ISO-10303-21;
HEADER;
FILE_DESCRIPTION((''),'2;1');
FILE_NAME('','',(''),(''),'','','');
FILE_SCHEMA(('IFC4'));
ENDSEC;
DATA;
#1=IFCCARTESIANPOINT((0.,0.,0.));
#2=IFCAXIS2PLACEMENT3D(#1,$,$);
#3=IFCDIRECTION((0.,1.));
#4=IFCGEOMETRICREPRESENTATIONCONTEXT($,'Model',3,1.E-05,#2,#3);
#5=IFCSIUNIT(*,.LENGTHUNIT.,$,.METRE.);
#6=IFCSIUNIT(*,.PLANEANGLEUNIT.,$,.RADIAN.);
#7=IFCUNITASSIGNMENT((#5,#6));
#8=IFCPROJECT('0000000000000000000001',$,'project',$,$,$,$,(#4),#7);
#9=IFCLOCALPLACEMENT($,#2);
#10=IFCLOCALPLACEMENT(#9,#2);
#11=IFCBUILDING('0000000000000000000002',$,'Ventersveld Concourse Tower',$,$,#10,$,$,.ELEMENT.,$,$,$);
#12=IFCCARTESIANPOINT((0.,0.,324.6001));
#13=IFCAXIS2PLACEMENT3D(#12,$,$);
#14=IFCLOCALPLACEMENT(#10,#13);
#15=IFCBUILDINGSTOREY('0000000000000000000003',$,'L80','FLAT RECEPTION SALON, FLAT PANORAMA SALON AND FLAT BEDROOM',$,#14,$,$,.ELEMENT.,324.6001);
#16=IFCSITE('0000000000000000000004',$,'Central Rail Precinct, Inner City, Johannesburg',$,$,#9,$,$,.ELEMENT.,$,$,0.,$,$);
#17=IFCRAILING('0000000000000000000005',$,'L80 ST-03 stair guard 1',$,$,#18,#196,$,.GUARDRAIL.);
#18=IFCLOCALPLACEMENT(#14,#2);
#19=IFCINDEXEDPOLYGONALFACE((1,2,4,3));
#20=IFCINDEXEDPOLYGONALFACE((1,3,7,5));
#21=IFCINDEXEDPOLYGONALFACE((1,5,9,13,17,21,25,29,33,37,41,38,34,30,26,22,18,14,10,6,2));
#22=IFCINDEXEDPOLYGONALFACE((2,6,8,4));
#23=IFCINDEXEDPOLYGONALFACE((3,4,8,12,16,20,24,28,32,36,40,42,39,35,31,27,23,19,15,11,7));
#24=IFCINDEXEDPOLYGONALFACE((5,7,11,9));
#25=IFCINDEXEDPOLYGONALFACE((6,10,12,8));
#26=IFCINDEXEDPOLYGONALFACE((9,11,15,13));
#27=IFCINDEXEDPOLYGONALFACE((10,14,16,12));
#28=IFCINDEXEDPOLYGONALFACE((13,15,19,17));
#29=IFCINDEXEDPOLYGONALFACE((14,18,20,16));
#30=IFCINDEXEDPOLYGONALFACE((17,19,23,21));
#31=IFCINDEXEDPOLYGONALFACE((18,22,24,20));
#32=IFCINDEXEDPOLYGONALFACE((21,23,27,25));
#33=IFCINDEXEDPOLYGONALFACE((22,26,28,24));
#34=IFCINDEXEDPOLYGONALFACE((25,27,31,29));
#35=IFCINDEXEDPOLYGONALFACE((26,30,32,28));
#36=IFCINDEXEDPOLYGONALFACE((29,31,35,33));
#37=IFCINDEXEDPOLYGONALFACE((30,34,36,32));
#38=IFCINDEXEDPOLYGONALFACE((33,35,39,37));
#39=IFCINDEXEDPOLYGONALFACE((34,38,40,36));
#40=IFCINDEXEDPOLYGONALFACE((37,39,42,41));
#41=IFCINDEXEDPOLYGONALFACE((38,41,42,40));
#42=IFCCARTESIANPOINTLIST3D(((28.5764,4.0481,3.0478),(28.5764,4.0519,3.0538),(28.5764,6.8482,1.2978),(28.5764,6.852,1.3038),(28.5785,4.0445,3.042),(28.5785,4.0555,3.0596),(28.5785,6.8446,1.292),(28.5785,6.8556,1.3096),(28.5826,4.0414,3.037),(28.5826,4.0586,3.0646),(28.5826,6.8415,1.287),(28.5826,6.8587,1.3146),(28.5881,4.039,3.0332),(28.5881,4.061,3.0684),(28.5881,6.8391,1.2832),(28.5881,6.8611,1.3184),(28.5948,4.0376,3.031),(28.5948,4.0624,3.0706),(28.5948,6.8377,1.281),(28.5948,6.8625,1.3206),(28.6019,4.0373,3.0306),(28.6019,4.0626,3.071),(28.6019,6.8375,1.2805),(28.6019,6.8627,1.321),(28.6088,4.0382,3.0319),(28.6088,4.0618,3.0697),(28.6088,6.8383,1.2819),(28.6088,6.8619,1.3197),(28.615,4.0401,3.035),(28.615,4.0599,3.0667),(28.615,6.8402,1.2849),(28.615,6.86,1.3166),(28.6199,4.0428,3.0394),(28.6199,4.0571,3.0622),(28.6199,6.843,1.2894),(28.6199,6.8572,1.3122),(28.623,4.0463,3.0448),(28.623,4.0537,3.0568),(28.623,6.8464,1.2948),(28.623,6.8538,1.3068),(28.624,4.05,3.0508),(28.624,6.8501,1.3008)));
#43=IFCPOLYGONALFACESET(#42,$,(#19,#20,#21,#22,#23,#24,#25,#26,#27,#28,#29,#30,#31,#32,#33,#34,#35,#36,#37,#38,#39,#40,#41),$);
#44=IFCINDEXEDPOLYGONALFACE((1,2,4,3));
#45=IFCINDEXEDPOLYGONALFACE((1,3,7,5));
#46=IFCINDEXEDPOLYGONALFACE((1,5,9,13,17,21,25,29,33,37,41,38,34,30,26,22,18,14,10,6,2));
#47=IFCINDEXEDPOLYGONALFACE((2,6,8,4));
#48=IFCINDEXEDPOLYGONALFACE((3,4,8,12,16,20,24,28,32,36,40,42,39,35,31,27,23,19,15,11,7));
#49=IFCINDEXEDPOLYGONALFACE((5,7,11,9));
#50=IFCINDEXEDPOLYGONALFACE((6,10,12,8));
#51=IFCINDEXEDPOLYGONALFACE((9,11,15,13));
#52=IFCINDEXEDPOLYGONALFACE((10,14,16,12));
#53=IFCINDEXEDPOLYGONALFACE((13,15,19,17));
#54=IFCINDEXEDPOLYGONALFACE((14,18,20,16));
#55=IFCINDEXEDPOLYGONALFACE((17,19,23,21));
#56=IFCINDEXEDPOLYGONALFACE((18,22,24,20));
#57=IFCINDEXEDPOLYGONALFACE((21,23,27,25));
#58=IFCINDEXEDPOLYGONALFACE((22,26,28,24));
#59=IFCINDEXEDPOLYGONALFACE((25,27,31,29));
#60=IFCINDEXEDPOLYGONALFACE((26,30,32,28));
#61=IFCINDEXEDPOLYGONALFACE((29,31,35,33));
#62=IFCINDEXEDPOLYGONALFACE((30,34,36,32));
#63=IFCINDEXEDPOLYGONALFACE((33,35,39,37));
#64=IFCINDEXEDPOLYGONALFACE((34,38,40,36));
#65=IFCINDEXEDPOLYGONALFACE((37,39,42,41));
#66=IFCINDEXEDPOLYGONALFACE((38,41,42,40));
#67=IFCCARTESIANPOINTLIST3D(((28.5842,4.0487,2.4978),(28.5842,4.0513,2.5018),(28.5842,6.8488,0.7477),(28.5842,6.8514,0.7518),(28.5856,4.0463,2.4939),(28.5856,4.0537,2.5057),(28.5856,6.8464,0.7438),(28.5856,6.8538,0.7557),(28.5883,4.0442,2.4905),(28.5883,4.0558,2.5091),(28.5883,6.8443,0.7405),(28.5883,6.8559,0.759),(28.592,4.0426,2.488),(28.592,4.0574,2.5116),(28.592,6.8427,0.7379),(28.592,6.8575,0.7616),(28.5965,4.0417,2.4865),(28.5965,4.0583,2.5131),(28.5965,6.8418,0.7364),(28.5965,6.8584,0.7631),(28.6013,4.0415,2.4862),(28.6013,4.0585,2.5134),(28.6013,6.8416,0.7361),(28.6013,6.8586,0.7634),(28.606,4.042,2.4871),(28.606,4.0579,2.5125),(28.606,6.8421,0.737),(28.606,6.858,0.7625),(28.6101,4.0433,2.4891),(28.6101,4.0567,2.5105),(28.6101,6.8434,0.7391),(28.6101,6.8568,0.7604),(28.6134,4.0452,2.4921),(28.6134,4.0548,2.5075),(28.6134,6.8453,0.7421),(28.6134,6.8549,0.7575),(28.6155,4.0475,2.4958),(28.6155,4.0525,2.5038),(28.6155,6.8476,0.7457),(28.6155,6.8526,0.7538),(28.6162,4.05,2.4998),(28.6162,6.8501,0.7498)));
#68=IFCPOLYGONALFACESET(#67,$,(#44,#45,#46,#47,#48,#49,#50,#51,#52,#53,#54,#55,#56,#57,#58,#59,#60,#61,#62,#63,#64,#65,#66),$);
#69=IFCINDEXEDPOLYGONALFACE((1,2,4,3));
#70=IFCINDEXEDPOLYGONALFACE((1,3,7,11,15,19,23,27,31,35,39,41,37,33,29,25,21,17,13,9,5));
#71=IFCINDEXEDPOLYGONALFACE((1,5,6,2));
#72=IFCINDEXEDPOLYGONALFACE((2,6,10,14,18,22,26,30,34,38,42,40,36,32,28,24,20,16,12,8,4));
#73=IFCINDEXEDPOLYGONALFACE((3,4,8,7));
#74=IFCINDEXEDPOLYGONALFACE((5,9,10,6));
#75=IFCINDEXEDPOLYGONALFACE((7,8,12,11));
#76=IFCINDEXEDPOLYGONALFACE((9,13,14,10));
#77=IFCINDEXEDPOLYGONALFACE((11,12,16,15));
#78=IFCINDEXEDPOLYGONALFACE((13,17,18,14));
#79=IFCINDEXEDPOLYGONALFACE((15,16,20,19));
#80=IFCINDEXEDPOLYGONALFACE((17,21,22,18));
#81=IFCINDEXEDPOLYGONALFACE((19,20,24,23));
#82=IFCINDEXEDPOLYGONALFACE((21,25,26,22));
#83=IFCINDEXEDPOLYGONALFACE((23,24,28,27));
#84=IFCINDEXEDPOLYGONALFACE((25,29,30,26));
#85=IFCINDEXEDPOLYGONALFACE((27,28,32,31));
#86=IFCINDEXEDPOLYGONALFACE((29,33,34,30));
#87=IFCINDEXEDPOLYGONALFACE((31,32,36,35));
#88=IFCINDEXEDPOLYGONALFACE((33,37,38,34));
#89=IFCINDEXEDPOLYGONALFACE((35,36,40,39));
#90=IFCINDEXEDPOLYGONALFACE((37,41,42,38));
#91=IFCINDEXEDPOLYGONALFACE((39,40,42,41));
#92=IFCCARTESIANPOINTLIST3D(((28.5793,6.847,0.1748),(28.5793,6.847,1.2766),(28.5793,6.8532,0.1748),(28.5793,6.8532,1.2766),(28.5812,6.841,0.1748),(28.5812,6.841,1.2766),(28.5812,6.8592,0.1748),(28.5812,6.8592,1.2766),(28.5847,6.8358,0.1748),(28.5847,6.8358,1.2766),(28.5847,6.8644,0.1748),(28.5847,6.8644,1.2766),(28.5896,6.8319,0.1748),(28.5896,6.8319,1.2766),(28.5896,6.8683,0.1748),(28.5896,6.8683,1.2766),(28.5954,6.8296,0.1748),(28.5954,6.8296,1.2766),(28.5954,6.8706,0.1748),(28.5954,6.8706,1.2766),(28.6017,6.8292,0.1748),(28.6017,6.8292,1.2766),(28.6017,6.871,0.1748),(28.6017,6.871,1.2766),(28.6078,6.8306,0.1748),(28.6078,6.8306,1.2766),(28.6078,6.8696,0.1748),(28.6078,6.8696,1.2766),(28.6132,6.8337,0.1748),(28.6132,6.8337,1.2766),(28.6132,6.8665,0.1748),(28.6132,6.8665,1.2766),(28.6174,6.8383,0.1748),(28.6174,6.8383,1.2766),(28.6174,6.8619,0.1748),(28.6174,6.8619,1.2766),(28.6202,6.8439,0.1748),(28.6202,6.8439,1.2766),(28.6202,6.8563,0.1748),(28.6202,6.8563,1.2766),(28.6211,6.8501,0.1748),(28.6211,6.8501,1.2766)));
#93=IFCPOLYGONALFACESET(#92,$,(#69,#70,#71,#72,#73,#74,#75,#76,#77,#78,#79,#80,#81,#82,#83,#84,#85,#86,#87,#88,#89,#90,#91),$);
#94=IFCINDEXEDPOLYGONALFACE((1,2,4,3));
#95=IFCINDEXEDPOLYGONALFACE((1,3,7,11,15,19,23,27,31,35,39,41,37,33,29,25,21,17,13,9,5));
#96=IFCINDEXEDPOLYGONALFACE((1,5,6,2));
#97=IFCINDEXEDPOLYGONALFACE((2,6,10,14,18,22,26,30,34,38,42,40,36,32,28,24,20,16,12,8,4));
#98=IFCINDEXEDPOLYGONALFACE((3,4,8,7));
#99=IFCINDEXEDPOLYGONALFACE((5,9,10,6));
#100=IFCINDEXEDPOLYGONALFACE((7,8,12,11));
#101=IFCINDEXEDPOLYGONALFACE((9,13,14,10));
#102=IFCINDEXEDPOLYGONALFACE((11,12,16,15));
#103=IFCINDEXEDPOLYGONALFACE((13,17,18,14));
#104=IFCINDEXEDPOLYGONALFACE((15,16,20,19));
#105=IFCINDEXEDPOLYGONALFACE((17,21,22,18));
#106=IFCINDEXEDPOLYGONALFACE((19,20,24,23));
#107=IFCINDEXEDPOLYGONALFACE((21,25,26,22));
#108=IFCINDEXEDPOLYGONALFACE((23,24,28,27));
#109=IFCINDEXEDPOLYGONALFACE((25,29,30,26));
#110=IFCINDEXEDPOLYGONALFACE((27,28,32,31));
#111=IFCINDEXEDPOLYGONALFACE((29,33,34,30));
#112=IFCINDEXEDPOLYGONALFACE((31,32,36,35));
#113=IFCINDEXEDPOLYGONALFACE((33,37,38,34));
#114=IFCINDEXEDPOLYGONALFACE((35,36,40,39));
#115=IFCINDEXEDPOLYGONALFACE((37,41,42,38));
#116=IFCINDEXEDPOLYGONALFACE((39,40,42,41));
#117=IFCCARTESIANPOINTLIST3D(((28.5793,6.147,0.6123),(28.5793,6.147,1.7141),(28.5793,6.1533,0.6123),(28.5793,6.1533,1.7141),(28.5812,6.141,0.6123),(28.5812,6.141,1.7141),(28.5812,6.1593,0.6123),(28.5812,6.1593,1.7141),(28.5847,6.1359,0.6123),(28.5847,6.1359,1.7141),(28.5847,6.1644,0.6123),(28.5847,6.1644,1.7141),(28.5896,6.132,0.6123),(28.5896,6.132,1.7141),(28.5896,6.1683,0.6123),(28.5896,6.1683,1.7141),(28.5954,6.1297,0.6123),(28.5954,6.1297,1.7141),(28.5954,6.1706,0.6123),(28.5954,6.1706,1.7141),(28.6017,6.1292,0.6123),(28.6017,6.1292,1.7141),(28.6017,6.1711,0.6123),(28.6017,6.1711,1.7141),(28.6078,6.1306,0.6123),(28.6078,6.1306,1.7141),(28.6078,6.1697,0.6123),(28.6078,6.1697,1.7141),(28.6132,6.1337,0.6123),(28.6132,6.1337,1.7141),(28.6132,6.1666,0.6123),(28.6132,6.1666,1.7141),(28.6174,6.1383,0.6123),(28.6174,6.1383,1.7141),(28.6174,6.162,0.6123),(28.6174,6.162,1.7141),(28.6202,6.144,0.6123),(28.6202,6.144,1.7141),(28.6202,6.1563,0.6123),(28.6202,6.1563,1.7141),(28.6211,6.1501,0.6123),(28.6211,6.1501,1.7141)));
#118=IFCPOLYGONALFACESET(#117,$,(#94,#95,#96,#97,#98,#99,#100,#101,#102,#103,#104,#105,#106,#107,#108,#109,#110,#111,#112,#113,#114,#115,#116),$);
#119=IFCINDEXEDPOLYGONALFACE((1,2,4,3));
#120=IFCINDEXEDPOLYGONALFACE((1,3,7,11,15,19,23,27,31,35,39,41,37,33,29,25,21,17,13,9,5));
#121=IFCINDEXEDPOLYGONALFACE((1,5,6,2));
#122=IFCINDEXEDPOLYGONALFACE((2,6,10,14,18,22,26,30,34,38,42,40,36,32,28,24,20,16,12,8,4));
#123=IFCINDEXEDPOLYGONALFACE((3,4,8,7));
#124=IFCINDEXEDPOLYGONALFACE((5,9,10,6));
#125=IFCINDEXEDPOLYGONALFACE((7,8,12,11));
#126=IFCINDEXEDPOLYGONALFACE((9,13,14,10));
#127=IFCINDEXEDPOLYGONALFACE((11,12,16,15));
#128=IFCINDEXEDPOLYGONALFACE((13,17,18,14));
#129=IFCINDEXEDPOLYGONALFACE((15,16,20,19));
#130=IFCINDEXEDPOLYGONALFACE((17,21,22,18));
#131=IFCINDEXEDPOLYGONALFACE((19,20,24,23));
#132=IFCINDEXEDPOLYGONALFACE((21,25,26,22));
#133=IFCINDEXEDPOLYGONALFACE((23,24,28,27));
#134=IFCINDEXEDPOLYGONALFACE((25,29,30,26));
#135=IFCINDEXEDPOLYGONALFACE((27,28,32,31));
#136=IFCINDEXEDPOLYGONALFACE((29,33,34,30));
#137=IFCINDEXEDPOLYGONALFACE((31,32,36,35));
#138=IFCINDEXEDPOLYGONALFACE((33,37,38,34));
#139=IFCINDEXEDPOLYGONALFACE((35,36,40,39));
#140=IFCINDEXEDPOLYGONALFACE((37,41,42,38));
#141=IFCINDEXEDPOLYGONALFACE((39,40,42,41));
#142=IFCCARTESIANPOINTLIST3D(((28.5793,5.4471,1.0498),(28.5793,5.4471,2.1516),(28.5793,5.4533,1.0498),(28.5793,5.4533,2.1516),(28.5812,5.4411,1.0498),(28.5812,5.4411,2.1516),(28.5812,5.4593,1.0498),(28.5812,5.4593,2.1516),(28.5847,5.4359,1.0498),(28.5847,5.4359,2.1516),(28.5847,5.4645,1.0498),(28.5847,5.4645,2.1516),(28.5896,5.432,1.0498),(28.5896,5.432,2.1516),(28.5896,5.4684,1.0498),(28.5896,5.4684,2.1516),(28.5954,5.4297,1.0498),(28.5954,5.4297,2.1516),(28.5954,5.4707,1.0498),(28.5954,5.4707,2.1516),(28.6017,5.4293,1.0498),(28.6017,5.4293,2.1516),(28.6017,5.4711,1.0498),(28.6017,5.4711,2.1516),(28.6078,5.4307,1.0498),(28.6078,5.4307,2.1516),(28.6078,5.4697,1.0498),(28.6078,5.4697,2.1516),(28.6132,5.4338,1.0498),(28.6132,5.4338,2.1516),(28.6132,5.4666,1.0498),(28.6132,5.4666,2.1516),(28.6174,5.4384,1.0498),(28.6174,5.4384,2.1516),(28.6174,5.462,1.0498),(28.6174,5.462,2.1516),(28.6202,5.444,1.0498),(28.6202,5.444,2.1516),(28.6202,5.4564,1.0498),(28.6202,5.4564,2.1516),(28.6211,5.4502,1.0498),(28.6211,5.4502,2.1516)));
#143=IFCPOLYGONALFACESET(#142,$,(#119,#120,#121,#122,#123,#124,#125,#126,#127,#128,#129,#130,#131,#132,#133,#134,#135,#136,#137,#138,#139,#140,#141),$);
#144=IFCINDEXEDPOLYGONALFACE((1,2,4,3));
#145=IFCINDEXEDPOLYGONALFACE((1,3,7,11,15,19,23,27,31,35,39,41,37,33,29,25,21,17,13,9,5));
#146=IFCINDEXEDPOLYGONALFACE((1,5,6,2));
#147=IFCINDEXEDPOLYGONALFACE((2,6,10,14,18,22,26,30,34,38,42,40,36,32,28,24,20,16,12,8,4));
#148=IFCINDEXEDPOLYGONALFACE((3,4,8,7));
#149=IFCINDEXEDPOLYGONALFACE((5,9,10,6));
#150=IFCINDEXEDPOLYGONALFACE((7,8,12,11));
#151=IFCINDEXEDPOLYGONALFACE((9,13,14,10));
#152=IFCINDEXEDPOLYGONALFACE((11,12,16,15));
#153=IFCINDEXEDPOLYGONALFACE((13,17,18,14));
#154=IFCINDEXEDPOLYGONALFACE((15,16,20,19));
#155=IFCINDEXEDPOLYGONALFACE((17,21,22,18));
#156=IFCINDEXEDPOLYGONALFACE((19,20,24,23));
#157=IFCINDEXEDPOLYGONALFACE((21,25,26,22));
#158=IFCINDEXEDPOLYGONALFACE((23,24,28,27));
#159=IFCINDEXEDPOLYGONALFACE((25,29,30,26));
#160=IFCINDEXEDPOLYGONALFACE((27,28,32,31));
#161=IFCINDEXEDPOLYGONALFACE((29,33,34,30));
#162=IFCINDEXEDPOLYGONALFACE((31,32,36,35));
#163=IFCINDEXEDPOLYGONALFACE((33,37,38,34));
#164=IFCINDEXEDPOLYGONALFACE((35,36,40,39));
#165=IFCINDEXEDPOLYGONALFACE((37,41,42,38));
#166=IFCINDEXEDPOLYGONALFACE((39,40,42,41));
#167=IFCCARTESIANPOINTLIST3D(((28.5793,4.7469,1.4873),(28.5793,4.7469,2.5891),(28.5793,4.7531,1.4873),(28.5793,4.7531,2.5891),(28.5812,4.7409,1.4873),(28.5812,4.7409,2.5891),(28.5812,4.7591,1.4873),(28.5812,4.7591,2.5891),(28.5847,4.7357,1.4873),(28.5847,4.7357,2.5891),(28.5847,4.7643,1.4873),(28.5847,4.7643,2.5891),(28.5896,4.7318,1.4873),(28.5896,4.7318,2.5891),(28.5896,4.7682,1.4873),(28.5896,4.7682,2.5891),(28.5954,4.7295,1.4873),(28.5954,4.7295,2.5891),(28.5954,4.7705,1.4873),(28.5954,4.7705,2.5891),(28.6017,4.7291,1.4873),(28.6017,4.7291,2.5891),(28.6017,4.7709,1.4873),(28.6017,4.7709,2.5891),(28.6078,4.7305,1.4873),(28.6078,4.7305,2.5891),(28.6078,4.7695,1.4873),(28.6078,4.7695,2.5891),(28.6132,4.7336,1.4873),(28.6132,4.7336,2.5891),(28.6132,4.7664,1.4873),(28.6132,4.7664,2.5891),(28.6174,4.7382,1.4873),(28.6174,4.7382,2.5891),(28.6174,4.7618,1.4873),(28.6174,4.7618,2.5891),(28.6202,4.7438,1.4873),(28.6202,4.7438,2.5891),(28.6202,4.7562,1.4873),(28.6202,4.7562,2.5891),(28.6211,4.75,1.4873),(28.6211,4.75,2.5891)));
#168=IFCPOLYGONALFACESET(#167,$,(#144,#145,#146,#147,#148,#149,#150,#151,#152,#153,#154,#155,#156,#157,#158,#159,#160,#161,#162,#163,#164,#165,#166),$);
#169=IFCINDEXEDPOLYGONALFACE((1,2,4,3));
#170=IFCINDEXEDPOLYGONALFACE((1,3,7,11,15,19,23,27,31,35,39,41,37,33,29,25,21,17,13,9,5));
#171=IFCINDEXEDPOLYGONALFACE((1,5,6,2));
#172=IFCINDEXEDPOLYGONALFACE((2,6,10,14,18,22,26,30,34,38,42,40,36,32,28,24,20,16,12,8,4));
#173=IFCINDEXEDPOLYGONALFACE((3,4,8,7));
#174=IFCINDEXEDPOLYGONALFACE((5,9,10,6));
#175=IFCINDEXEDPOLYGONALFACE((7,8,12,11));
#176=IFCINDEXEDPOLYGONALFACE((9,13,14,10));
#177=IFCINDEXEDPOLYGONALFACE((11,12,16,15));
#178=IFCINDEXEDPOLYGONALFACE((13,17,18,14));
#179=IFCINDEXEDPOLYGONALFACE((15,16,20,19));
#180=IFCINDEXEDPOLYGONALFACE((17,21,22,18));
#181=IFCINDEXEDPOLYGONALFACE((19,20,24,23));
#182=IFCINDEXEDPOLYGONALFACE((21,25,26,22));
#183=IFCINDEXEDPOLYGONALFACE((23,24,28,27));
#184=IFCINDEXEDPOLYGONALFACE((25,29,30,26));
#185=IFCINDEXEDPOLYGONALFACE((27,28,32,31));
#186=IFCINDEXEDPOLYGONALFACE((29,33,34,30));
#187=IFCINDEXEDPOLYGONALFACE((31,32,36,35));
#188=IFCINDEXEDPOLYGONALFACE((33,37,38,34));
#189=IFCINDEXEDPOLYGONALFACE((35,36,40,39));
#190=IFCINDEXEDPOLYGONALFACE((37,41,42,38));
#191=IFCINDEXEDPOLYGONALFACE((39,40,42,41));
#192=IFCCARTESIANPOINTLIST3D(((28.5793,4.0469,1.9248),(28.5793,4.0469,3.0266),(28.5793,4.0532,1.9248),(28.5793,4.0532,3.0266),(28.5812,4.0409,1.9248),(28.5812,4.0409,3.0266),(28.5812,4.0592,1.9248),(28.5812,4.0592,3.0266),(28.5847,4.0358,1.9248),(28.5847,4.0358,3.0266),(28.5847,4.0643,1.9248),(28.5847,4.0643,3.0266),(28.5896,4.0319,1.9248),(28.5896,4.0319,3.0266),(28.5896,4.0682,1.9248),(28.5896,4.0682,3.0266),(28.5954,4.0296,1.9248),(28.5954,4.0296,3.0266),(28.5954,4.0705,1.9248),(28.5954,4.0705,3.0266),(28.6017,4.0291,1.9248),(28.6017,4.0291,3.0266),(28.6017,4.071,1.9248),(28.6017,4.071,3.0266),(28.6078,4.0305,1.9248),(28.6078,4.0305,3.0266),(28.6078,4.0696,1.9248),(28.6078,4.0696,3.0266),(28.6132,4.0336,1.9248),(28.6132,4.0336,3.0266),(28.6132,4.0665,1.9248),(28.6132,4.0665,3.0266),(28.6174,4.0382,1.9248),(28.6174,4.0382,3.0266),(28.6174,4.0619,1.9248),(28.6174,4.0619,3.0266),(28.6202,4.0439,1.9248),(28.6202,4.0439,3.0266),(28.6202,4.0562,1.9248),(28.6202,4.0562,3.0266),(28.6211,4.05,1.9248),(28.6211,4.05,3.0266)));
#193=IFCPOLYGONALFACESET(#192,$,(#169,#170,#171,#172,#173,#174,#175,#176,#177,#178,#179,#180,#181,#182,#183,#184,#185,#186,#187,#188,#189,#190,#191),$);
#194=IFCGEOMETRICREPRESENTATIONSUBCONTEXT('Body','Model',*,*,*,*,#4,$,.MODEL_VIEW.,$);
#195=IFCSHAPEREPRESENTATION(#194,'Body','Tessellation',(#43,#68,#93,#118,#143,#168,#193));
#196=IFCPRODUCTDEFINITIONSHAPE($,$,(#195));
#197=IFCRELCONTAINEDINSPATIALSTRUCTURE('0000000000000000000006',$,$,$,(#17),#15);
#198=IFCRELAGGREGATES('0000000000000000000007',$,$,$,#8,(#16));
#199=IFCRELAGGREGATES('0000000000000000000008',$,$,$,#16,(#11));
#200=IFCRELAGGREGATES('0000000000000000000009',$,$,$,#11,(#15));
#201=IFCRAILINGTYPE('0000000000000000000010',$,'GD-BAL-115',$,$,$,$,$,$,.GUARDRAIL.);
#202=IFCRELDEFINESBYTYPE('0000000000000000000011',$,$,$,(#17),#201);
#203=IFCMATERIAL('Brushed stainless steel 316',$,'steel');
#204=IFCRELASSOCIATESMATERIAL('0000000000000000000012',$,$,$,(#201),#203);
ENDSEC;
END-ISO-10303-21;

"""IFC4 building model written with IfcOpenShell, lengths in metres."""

from ifc_helpers import new_model, si_unit, direction, frame, origin, origin_2d, place, context, subcontext, project, spatial, circle, extrude, material, type_object, element, save


model = new_model("IFC4")

# Units and contexts
model_context = context("Model", 3, precision=1e-05, world=origin(), true_north=direction((0.0, 1.0)))
body_context = subcontext(model_context, "Body", "Model", "MODEL_VIEW")
ifc_project = project(units=[si_unit("LENGTHUNIT", "METRE"), si_unit("PLANEANGLEUNIT", "RADIAN")], contexts=[model_context])

# Site, building, storey
site_placement = place(None, origin())
site = spatial("IfcSite", under=ifc_project, at=site_placement, Name="Central Rail Precinct, Inner City, Johannesburg", CompositionType="ELEMENT", RefElevation=0.0)
building_placement = place(site_placement, origin())
building = spatial("IfcBuilding", under=site, at=building_placement, Name="Ventersveld Concourse Tower", CompositionType="ELEMENT")
storey_placement = place(building_placement, frame((0.0, 0.0, 324.6001)))
storey = spatial("IfcBuildingStorey", under=building, at=storey_placement, Name="L80", Description="FLAT RECEPTION SALON, FLAT PANORAMA SALON AND FLAT BEDROOM", CompositionType="ELEMENT", Elevation=324.6001)

# Shared definitions
ifc_material_1 = material(Name="Brushed stainless steel 316", Category="steel")

# Railing
railing_type_1 = type_object("IfcRailingType", Name="GD-BAL-115", PredefinedType="GUARDRAIL", material=ifc_material_1)
railing_1_placement = place(storey_placement, frame((28.6001, 6.8501, 0.1748)))
element("IfcRailing", 1, at=railing_1_placement, inside=storey, type_object=railing_type_1, Name="L80 ST-03 stair guard 1", PredefinedType="GUARDRAIL", context=body_context, shape_type="SweptSolid", body=[
    extrude(circle(Radius=0.0239, at=origin_2d()), frame((0.0, 0.0, 1.126), z_axis=(0.0, -0.848002, 0.529992), x_axis=(1.0, 0.0, 0.0)), (0.0, 0.0, 1.0), 3.302),
    extrude(circle(Radius=0.0161, at=origin_2d()), frame((0.0, 0.0, 0.575), z_axis=(0.0, -0.848002, 0.529992), x_axis=(1.0, 0.0, 0.0)), (0.0, 0.0, 1.0), 3.302),
    extrude(circle(Radius=0.021, at=origin_2d()), origin(), (0.0, 0.0, 1.0), 1.1018),
    extrude(circle(Radius=0.021, at=origin_2d()), frame((0.0, -0.7, 0.4375)), (0.0, 0.0, 1.0), 1.1018),
    extrude(circle(Radius=0.021, at=origin_2d()), frame((0.0, -1.3999, 0.875)), (0.0, 0.0, 1.0), 1.1018),
    extrude(circle(Radius=0.021, at=origin_2d()), frame((0.0, -2.1001, 1.3125)), (0.0, 0.0, 1.0), 1.1018),
    extrude(circle(Radius=0.021, at=origin_2d()), frame((0.0, -2.8, 1.75)), (0.0, 0.0, 1.0), 1.1018),
])

save(model, "model.ifc")
